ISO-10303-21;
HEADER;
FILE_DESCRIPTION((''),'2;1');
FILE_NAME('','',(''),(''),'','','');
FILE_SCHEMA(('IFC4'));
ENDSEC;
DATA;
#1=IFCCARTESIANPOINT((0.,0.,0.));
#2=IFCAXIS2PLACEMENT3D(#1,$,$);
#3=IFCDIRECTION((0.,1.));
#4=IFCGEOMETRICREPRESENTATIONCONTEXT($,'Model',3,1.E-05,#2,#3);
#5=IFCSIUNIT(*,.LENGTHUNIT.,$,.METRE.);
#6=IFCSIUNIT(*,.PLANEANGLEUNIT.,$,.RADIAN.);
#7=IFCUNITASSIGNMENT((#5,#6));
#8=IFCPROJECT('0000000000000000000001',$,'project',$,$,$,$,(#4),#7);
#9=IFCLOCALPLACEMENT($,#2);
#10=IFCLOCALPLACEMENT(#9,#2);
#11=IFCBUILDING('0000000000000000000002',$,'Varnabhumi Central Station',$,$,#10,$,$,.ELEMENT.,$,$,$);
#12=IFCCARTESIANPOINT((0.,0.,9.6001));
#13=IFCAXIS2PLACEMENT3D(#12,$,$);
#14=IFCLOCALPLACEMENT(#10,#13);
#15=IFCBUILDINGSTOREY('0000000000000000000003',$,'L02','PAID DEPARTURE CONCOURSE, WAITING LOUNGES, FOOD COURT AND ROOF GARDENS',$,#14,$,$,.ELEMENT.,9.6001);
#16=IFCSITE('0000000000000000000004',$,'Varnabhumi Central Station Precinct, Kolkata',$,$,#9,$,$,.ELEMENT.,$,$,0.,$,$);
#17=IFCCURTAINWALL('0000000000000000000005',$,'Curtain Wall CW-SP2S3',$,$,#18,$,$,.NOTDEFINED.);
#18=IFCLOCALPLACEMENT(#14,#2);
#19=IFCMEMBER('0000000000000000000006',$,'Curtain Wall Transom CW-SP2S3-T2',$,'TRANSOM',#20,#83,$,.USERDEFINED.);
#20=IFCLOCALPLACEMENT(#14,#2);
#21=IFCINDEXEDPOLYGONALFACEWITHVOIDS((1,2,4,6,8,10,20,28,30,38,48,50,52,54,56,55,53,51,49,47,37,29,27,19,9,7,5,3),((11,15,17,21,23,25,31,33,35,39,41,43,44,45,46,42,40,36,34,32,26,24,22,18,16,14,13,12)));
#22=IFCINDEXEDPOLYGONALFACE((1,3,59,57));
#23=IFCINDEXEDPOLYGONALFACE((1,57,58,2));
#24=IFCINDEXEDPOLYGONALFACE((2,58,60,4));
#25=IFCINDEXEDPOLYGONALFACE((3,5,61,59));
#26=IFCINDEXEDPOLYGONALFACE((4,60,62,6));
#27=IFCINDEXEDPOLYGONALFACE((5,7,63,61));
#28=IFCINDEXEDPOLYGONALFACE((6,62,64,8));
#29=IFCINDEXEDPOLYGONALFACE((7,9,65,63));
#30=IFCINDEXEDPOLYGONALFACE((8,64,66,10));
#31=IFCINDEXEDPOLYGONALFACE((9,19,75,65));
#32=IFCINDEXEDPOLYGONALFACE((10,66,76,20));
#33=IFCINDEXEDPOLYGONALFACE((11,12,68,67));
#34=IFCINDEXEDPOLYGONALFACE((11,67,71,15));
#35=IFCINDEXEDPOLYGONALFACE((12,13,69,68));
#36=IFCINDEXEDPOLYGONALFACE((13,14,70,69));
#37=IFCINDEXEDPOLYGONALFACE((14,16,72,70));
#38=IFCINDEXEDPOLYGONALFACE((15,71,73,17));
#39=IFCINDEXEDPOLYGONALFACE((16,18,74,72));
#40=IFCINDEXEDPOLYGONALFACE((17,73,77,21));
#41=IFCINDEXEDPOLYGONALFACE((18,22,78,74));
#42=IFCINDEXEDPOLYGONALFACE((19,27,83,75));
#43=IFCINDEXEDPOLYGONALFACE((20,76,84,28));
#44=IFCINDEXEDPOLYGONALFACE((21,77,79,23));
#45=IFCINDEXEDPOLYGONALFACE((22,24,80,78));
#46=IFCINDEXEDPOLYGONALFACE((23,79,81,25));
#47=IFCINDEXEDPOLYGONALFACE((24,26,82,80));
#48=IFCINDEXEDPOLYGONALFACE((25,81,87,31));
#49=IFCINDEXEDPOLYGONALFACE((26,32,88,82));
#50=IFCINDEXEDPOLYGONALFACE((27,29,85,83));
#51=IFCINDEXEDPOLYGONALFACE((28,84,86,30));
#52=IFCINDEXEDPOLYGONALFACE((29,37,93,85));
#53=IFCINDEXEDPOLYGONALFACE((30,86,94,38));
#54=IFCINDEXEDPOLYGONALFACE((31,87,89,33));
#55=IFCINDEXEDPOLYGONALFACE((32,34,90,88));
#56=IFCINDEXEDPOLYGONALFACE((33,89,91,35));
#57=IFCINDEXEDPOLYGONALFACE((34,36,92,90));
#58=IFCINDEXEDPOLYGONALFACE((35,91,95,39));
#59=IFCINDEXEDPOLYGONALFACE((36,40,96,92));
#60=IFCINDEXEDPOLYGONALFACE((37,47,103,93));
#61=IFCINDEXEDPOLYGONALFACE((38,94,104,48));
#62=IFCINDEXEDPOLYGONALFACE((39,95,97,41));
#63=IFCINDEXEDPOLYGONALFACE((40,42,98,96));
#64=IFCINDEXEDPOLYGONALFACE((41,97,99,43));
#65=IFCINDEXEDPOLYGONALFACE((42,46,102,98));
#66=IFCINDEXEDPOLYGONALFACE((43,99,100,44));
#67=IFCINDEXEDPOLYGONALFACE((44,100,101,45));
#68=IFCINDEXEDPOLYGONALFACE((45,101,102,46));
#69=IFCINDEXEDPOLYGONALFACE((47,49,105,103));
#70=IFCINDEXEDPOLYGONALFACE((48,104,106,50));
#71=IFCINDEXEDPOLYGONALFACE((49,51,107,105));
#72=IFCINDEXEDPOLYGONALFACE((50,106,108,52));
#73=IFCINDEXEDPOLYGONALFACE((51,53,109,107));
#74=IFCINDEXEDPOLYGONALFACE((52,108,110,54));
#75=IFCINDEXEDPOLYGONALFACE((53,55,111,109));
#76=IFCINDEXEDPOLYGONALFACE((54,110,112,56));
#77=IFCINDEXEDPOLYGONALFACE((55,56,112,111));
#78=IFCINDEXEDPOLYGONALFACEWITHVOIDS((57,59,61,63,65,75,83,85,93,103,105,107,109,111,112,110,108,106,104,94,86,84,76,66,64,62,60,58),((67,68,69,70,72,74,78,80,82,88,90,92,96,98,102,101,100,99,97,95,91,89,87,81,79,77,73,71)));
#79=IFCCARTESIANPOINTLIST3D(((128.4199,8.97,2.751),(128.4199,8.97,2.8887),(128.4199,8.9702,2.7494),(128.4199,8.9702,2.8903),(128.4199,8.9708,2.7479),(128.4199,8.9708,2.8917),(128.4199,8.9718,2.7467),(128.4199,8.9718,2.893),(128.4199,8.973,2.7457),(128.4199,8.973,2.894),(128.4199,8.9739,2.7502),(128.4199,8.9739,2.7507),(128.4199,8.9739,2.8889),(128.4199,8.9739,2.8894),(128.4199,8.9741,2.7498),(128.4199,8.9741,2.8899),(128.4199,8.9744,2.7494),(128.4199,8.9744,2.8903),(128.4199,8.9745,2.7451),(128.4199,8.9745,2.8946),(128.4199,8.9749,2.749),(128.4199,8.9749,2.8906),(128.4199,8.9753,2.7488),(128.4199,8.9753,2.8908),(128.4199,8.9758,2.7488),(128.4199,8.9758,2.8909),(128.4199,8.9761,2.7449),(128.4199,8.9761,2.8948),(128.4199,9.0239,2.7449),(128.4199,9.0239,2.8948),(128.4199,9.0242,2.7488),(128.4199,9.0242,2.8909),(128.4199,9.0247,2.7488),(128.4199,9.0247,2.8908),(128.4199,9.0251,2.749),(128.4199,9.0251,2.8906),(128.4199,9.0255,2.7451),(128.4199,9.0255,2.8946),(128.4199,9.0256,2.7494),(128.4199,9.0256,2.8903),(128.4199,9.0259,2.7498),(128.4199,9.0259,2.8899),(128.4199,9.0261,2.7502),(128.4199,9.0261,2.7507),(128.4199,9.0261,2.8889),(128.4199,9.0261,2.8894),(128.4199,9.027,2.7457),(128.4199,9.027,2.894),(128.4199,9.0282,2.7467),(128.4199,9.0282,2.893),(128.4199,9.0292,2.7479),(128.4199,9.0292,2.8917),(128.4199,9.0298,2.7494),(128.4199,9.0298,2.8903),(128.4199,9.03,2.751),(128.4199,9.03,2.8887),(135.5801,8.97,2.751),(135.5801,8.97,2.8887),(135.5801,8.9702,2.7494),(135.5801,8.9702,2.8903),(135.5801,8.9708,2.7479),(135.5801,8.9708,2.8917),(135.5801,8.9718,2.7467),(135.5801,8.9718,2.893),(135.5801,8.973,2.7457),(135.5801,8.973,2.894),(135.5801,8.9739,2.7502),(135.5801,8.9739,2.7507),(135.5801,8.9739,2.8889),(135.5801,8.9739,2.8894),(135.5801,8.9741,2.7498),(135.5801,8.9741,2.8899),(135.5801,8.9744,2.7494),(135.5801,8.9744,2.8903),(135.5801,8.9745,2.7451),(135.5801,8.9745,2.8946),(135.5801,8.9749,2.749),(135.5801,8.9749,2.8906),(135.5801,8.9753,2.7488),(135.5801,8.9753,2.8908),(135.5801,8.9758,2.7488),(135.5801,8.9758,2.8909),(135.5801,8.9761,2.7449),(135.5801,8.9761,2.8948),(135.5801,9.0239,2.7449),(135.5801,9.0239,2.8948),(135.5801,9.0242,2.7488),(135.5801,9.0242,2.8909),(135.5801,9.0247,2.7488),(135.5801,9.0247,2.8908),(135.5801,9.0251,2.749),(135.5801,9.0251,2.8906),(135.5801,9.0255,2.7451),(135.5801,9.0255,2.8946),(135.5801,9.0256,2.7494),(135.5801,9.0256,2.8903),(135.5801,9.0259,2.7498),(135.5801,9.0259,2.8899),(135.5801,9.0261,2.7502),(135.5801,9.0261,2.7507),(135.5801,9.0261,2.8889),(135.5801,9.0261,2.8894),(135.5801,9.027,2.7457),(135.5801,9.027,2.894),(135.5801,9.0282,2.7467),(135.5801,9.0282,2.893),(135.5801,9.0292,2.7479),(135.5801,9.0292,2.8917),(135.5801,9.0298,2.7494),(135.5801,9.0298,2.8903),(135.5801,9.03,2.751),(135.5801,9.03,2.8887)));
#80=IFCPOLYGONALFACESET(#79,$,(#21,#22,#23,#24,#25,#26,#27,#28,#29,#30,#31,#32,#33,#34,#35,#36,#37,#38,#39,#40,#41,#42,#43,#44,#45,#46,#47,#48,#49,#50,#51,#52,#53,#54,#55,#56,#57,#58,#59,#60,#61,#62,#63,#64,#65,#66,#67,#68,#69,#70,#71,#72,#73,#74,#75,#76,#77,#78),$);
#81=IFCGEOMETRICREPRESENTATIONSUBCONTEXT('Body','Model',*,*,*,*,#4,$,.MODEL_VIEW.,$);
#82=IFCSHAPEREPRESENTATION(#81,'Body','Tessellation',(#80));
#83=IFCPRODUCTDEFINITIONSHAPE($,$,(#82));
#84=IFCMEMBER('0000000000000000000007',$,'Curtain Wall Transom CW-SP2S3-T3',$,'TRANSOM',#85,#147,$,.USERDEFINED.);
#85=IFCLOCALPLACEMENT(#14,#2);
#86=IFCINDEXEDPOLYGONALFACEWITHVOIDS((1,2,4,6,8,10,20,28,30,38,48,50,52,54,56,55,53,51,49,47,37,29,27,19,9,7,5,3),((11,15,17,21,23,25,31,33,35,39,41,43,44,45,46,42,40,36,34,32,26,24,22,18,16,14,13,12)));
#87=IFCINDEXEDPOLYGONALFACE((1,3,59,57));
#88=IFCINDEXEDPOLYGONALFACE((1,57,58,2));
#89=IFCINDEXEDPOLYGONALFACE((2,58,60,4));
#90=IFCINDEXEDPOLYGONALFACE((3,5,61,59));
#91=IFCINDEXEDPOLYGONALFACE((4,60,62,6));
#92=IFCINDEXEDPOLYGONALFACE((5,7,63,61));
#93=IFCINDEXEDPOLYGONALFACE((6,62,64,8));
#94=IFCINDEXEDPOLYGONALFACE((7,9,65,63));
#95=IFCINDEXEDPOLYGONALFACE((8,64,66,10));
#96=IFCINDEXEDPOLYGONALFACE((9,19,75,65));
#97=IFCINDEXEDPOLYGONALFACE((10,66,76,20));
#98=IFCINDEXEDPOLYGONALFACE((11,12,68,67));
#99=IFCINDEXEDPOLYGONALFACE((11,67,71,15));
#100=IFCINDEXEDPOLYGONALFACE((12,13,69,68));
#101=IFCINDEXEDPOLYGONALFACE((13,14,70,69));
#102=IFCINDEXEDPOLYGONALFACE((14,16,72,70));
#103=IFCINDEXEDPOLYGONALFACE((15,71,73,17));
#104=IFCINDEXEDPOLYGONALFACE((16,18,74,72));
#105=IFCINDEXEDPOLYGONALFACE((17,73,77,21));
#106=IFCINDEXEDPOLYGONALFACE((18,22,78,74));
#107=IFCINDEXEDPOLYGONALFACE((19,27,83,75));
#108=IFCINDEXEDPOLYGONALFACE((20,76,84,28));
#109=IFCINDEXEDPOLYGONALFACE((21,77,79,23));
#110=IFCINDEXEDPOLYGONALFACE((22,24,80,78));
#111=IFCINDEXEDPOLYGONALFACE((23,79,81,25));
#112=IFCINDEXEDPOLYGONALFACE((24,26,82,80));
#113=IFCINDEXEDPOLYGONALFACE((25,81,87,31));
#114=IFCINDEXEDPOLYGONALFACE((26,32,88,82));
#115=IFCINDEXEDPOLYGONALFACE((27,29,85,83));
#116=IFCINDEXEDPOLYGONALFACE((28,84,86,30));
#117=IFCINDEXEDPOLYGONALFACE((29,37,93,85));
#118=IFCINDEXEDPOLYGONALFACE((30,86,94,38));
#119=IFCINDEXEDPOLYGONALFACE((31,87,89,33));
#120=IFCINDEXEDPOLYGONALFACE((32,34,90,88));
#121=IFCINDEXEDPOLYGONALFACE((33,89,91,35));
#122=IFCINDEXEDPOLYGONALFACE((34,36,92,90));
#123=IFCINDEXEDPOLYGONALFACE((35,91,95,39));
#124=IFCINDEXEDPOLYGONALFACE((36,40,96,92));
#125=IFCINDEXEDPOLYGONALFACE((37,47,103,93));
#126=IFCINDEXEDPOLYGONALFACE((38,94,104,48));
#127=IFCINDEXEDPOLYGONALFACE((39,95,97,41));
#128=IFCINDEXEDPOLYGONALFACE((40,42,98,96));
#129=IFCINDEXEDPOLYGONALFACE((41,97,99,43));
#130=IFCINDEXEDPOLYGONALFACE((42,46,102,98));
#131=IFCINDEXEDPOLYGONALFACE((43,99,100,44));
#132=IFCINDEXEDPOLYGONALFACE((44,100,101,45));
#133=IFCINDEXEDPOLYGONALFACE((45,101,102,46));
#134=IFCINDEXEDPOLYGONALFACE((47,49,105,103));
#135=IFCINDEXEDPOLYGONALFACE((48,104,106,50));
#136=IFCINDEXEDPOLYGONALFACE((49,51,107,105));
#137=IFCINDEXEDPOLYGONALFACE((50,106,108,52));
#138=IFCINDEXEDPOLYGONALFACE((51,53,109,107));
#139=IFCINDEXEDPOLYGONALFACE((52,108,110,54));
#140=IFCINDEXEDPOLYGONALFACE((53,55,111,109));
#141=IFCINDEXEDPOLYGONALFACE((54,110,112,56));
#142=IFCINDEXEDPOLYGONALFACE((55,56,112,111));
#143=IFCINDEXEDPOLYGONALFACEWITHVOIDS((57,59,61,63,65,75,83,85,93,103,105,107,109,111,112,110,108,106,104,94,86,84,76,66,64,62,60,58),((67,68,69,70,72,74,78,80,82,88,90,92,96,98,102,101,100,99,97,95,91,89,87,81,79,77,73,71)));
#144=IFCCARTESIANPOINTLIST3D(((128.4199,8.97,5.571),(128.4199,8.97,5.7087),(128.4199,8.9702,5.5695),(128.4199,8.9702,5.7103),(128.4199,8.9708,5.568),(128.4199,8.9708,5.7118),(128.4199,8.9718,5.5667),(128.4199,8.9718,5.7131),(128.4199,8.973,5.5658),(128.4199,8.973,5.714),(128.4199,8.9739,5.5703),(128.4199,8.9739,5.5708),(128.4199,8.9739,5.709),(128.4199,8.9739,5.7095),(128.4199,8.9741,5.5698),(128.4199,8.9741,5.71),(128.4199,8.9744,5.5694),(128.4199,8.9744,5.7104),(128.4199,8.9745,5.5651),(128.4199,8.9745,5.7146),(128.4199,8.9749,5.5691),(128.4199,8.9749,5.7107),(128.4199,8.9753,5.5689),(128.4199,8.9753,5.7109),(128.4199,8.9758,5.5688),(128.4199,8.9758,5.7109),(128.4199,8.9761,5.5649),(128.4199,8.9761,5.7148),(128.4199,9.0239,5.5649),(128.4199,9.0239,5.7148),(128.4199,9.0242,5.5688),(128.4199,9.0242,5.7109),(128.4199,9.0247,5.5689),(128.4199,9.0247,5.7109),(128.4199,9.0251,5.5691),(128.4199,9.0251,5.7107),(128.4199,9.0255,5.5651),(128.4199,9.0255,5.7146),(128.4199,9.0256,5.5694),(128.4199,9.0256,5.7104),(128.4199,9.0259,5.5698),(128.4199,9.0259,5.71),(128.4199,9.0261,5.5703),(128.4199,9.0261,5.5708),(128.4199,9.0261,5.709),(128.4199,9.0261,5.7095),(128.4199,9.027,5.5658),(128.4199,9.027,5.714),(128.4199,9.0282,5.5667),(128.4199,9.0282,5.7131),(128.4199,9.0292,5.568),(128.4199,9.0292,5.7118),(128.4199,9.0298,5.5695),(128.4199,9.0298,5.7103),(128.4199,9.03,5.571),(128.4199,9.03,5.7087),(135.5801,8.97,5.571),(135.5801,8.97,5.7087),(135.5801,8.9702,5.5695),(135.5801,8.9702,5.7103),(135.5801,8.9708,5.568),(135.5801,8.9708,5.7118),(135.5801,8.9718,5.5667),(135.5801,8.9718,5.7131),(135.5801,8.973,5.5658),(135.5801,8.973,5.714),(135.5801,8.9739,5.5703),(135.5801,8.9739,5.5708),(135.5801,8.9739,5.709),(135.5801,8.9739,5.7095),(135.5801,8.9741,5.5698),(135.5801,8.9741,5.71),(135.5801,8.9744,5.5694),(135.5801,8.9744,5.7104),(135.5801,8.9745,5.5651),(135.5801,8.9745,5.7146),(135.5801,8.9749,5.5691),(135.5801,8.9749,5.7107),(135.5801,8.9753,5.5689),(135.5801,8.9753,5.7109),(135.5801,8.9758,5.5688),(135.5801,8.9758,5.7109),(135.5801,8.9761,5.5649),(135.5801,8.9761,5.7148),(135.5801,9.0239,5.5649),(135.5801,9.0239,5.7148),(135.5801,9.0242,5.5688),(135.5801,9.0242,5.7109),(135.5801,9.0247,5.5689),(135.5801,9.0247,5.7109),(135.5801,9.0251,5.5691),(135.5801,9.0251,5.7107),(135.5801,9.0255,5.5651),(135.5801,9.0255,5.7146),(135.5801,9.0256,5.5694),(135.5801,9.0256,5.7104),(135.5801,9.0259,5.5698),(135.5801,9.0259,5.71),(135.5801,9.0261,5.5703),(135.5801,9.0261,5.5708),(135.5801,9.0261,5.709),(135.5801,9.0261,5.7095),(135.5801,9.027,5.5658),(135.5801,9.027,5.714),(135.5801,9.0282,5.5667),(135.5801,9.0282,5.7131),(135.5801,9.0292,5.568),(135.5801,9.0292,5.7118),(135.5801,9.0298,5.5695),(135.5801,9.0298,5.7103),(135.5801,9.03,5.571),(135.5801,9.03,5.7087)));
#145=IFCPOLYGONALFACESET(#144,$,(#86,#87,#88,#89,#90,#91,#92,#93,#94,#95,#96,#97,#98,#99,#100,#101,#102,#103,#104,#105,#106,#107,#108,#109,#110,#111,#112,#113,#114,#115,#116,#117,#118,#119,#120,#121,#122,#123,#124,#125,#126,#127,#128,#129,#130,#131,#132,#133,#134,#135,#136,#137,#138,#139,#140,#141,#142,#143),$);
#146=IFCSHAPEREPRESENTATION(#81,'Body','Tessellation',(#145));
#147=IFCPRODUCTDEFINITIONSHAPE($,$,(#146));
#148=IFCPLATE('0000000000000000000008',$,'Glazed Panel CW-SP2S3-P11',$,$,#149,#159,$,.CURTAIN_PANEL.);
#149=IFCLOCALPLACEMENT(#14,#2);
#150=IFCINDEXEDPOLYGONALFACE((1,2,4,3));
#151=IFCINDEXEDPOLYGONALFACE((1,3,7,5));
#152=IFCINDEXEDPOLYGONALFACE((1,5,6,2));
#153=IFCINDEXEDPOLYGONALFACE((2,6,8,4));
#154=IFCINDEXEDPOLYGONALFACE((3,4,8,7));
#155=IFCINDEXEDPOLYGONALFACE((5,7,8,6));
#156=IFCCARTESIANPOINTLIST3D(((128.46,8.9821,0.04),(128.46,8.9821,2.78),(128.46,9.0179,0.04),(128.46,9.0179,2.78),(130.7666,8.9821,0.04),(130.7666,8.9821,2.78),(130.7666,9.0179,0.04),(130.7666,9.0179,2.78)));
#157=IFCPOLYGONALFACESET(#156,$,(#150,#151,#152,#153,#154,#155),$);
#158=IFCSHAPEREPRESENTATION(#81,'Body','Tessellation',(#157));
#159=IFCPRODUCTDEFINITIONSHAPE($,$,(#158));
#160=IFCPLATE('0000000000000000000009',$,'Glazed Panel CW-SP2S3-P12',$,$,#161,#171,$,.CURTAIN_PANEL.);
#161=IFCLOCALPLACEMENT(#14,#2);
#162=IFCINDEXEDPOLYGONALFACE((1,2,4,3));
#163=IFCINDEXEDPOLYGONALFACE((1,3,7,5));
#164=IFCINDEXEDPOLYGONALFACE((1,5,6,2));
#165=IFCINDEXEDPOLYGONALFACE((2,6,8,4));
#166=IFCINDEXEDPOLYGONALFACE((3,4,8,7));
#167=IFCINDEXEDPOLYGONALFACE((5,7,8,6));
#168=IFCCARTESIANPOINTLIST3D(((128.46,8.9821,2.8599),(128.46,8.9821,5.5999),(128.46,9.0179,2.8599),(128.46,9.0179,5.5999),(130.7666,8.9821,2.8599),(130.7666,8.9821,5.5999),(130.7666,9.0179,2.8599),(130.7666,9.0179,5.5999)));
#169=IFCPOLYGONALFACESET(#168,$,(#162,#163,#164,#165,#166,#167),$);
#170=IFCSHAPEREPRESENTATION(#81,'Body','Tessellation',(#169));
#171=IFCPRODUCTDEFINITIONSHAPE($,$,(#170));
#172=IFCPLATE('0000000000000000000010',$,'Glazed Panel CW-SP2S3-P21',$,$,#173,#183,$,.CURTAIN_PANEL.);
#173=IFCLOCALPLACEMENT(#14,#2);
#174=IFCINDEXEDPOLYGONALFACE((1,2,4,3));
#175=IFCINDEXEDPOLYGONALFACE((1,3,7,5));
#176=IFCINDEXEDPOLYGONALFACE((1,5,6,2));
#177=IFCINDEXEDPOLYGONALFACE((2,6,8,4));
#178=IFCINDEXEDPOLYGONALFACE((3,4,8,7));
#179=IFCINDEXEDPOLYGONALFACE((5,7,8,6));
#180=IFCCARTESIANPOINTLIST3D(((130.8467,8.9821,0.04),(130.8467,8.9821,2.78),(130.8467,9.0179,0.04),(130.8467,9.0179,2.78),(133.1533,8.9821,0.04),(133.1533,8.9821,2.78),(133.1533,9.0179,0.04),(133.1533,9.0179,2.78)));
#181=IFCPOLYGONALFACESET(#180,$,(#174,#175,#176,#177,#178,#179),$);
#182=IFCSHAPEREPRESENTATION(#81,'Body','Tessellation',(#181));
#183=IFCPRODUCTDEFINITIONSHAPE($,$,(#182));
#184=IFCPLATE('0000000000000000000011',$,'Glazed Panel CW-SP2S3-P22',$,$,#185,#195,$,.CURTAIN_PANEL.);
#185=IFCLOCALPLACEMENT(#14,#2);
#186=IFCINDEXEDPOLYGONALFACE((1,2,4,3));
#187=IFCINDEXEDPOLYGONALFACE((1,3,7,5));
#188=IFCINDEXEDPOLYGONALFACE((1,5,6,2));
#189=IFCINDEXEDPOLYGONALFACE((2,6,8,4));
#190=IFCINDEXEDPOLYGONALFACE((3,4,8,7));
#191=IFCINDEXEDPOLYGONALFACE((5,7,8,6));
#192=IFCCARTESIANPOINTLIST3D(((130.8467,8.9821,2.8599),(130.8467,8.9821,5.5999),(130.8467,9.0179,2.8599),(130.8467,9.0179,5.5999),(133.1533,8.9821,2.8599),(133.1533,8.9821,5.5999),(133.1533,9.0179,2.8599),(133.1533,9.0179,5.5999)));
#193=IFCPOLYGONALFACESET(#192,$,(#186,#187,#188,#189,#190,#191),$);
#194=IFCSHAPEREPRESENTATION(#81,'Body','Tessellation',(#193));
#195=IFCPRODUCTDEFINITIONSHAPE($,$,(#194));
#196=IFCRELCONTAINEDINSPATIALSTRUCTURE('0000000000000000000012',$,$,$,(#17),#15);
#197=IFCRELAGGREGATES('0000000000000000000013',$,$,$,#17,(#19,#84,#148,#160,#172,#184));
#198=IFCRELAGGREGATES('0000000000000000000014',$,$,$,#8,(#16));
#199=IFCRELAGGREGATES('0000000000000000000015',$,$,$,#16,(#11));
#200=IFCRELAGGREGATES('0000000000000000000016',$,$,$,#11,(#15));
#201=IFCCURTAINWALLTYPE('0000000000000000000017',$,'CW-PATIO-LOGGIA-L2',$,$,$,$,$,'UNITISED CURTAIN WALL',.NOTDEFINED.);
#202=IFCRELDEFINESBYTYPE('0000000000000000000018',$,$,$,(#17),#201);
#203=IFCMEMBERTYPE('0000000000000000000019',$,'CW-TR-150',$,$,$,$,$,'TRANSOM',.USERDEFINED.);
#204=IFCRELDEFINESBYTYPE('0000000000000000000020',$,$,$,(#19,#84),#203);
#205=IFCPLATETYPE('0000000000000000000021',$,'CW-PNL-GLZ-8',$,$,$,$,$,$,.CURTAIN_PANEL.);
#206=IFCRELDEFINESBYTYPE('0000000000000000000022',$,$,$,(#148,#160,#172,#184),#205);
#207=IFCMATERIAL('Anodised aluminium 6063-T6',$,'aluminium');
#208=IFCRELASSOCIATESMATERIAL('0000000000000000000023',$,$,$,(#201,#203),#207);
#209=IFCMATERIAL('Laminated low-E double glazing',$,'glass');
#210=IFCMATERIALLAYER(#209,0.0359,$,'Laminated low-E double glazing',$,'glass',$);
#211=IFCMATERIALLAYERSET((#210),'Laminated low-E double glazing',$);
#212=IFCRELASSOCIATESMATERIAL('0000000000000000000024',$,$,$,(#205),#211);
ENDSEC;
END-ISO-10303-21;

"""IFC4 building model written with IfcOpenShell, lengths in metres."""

from ifc_helpers import new_model, si_unit, direction, frame, origin, origin_2d, place, context, subcontext, project, spatial, rectangle, hollow_rectangle, extrude, material, layer, layer_set, material_profile, profile_set, type_object, element, aggregate, save


model = new_model("IFC4")

# Units and contexts
model_context = context("Model", 3, precision=1e-05, world=origin(), true_north=direction((0.0, 1.0)))
body_context = subcontext(model_context, "Body", "Model", "MODEL_VIEW")
ifc_project = project(units=[si_unit("LENGTHUNIT", "METRE"), si_unit("PLANEANGLEUNIT", "RADIAN")], contexts=[model_context])

# Site, building, storey
site_placement = place(None, origin())
site = spatial("IfcSite", under=ifc_project, at=site_placement, Name="Varnabhumi Central Station Precinct, Kolkata", CompositionType="ELEMENT", RefElevation=0.0)
building_placement = place(site_placement, origin())
building = spatial("IfcBuilding", under=site, at=building_placement, Name="Varnabhumi Central Station", CompositionType="ELEMENT")
storey_placement = place(building_placement, frame((0.0, 0.0, 9.6001)))
storey = spatial("IfcBuildingStorey", under=building, at=storey_placement, Name="L02", Description="PAID DEPARTURE CONCOURSE, WAITING LOUNGES, FOOD COURT AND ROOF GARDENS", CompositionType="ELEMENT", Elevation=9.6001)

# Curtain wall, members, plates
ifc_material_1 = material(Name="Anodised aluminium 6063-T6", Category="aluminium")
curtain_wall_type = type_object("IfcCurtainWallType", Name="CW-PATIO-LOGGIA-L2", ElementType="UNITISED CURTAIN WALL", PredefinedType="NOTDEFINED", material=ifc_material_1)
curtain_wall_placement = place(storey_placement, origin())
curtain_wall = element("IfcCurtainWall", 1, at=curtain_wall_placement, inside=storey, type_object=curtain_wall_type, Name="Curtain Wall CW-SP2S3", PredefinedType="NOTDEFINED")
ifc_material_profile_1 = material_profile(ifc_material_1, hollow_rectangle(XDim=0.0601, YDim=0.1499, WallThickness=0.0039, InnerFilletRadius=0.002, OuterFilletRadius=0.0061, at=origin_2d()), Name="Anodised aluminium 6063-T6", Category="aluminium")
ifc_profile_set_1 = profile_set([ifc_material_profile_1], Name="Anodised aluminium 6063-T6")
member_type_1 = type_object("IfcMemberType", Name="CW-TR-150", ElementType="TRANSOM", PredefinedType="USERDEFINED", material=ifc_profile_set_1)
member_1_placement = place(storey_placement, frame((128.4199, 9.0, 2.8198), z_axis=(1.0, 0.0, 0.0), x_axis=(0.0, 1.0, 0.0)))
member_1 = element("IfcMember", 2, at=member_1_placement, type_object=member_type_1, Name="Curtain Wall Transom CW-SP2S3-T2", ObjectType="TRANSOM", PredefinedType="USERDEFINED", context=body_context, shape_type="SweptSolid", body=[
    extrude(hollow_rectangle(XDim=0.0601, YDim=0.1499, WallThickness=0.0039, InnerFilletRadius=0.002, OuterFilletRadius=0.0061, at=origin_2d()), origin(), (0.0, 0.0, 1.0), 7.1602),
])
member_2_placement = place(storey_placement, frame((128.4199, 9.0, 5.6399), z_axis=(1.0, 0.0, 0.0), x_axis=(0.0, 1.0, 0.0)))
member_2 = element("IfcMember", 3, at=member_2_placement, type_object=member_type_1, Name="Curtain Wall Transom CW-SP2S3-T3", ObjectType="TRANSOM", PredefinedType="USERDEFINED", context=body_context, shape_type="SweptSolid", body=[
    extrude(hollow_rectangle(XDim=0.0601, YDim=0.1499, WallThickness=0.0039, InnerFilletRadius=0.002, OuterFilletRadius=0.0061, at=origin_2d()), origin(), (0.0, 0.0, 1.0), 7.1602),
])
ifc_material_2 = material(Name="Laminated low-E double glazing", Category="glass")
ifc_layer_1 = layer(ifc_material_2, 0.0359, Name="Laminated low-E double glazing", Category="glass")
ifc_layer_set_1 = layer_set([ifc_layer_1], Name="Laminated low-E double glazing")
plate_type = type_object("IfcPlateType", Name="CW-PNL-GLZ-8", PredefinedType="CURTAIN_PANEL", material=ifc_layer_set_1)
plate_1_placement = place(storey_placement, frame((129.6133, 9.0, 0.04), z_axis=(0.0, 0.0, 1.0), x_axis=(1.0, 0.0, 0.0)))
plate_1 = element("IfcPlate", 4, at=plate_1_placement, type_object=plate_type, Name="Glazed Panel CW-SP2S3-P11", PredefinedType="CURTAIN_PANEL", context=body_context, shape_type="SweptSolid", body=[
    extrude(rectangle(XDim=2.3066, YDim=0.0359, at=origin_2d()), origin(), (0.0, 0.0, 1.0), 2.74),
])
plate_2_placement = place(storey_placement, frame((129.6133, 9.0, 2.8599), z_axis=(0.0, 0.0, 1.0), x_axis=(1.0, 0.0, 0.0)))
plate_2 = element("IfcPlate", 5, at=plate_2_placement, type_object=plate_type, Name="Glazed Panel CW-SP2S3-P12", PredefinedType="CURTAIN_PANEL", context=body_context, shape_type="SweptSolid", body=[
    extrude(rectangle(XDim=2.3066, YDim=0.0359, at=origin_2d()), origin(), (0.0, 0.0, 1.0), 2.74),
])
plate_3_placement = place(storey_placement, frame((132.0, 9.0, 0.04), z_axis=(0.0, 0.0, 1.0), x_axis=(1.0, 0.0, 0.0)))
plate_3 = element("IfcPlate", 6, at=plate_3_placement, type_object=plate_type, Name="Glazed Panel CW-SP2S3-P21", PredefinedType="CURTAIN_PANEL", context=body_context, shape_type="SweptSolid", body=[
    extrude(rectangle(XDim=2.3066, YDim=0.0359, at=origin_2d()), origin(), (0.0, 0.0, 1.0), 2.74),
])
plate_4_placement = place(storey_placement, frame((132.0, 9.0, 2.8599), z_axis=(0.0, 0.0, 1.0), x_axis=(1.0, 0.0, 0.0)))
plate_4 = element("IfcPlate", 7, at=plate_4_placement, type_object=plate_type, Name="Glazed Panel CW-SP2S3-P22", PredefinedType="CURTAIN_PANEL", context=body_context, shape_type="SweptSolid", body=[
    extrude(rectangle(XDim=2.3066, YDim=0.0359, at=origin_2d()), origin(), (0.0, 0.0, 1.0), 2.74),
])
aggregate(curtain_wall, [member_1, member_2, plate_1, plate_2, plate_3, plate_4])

save(model, "model.ifc")
